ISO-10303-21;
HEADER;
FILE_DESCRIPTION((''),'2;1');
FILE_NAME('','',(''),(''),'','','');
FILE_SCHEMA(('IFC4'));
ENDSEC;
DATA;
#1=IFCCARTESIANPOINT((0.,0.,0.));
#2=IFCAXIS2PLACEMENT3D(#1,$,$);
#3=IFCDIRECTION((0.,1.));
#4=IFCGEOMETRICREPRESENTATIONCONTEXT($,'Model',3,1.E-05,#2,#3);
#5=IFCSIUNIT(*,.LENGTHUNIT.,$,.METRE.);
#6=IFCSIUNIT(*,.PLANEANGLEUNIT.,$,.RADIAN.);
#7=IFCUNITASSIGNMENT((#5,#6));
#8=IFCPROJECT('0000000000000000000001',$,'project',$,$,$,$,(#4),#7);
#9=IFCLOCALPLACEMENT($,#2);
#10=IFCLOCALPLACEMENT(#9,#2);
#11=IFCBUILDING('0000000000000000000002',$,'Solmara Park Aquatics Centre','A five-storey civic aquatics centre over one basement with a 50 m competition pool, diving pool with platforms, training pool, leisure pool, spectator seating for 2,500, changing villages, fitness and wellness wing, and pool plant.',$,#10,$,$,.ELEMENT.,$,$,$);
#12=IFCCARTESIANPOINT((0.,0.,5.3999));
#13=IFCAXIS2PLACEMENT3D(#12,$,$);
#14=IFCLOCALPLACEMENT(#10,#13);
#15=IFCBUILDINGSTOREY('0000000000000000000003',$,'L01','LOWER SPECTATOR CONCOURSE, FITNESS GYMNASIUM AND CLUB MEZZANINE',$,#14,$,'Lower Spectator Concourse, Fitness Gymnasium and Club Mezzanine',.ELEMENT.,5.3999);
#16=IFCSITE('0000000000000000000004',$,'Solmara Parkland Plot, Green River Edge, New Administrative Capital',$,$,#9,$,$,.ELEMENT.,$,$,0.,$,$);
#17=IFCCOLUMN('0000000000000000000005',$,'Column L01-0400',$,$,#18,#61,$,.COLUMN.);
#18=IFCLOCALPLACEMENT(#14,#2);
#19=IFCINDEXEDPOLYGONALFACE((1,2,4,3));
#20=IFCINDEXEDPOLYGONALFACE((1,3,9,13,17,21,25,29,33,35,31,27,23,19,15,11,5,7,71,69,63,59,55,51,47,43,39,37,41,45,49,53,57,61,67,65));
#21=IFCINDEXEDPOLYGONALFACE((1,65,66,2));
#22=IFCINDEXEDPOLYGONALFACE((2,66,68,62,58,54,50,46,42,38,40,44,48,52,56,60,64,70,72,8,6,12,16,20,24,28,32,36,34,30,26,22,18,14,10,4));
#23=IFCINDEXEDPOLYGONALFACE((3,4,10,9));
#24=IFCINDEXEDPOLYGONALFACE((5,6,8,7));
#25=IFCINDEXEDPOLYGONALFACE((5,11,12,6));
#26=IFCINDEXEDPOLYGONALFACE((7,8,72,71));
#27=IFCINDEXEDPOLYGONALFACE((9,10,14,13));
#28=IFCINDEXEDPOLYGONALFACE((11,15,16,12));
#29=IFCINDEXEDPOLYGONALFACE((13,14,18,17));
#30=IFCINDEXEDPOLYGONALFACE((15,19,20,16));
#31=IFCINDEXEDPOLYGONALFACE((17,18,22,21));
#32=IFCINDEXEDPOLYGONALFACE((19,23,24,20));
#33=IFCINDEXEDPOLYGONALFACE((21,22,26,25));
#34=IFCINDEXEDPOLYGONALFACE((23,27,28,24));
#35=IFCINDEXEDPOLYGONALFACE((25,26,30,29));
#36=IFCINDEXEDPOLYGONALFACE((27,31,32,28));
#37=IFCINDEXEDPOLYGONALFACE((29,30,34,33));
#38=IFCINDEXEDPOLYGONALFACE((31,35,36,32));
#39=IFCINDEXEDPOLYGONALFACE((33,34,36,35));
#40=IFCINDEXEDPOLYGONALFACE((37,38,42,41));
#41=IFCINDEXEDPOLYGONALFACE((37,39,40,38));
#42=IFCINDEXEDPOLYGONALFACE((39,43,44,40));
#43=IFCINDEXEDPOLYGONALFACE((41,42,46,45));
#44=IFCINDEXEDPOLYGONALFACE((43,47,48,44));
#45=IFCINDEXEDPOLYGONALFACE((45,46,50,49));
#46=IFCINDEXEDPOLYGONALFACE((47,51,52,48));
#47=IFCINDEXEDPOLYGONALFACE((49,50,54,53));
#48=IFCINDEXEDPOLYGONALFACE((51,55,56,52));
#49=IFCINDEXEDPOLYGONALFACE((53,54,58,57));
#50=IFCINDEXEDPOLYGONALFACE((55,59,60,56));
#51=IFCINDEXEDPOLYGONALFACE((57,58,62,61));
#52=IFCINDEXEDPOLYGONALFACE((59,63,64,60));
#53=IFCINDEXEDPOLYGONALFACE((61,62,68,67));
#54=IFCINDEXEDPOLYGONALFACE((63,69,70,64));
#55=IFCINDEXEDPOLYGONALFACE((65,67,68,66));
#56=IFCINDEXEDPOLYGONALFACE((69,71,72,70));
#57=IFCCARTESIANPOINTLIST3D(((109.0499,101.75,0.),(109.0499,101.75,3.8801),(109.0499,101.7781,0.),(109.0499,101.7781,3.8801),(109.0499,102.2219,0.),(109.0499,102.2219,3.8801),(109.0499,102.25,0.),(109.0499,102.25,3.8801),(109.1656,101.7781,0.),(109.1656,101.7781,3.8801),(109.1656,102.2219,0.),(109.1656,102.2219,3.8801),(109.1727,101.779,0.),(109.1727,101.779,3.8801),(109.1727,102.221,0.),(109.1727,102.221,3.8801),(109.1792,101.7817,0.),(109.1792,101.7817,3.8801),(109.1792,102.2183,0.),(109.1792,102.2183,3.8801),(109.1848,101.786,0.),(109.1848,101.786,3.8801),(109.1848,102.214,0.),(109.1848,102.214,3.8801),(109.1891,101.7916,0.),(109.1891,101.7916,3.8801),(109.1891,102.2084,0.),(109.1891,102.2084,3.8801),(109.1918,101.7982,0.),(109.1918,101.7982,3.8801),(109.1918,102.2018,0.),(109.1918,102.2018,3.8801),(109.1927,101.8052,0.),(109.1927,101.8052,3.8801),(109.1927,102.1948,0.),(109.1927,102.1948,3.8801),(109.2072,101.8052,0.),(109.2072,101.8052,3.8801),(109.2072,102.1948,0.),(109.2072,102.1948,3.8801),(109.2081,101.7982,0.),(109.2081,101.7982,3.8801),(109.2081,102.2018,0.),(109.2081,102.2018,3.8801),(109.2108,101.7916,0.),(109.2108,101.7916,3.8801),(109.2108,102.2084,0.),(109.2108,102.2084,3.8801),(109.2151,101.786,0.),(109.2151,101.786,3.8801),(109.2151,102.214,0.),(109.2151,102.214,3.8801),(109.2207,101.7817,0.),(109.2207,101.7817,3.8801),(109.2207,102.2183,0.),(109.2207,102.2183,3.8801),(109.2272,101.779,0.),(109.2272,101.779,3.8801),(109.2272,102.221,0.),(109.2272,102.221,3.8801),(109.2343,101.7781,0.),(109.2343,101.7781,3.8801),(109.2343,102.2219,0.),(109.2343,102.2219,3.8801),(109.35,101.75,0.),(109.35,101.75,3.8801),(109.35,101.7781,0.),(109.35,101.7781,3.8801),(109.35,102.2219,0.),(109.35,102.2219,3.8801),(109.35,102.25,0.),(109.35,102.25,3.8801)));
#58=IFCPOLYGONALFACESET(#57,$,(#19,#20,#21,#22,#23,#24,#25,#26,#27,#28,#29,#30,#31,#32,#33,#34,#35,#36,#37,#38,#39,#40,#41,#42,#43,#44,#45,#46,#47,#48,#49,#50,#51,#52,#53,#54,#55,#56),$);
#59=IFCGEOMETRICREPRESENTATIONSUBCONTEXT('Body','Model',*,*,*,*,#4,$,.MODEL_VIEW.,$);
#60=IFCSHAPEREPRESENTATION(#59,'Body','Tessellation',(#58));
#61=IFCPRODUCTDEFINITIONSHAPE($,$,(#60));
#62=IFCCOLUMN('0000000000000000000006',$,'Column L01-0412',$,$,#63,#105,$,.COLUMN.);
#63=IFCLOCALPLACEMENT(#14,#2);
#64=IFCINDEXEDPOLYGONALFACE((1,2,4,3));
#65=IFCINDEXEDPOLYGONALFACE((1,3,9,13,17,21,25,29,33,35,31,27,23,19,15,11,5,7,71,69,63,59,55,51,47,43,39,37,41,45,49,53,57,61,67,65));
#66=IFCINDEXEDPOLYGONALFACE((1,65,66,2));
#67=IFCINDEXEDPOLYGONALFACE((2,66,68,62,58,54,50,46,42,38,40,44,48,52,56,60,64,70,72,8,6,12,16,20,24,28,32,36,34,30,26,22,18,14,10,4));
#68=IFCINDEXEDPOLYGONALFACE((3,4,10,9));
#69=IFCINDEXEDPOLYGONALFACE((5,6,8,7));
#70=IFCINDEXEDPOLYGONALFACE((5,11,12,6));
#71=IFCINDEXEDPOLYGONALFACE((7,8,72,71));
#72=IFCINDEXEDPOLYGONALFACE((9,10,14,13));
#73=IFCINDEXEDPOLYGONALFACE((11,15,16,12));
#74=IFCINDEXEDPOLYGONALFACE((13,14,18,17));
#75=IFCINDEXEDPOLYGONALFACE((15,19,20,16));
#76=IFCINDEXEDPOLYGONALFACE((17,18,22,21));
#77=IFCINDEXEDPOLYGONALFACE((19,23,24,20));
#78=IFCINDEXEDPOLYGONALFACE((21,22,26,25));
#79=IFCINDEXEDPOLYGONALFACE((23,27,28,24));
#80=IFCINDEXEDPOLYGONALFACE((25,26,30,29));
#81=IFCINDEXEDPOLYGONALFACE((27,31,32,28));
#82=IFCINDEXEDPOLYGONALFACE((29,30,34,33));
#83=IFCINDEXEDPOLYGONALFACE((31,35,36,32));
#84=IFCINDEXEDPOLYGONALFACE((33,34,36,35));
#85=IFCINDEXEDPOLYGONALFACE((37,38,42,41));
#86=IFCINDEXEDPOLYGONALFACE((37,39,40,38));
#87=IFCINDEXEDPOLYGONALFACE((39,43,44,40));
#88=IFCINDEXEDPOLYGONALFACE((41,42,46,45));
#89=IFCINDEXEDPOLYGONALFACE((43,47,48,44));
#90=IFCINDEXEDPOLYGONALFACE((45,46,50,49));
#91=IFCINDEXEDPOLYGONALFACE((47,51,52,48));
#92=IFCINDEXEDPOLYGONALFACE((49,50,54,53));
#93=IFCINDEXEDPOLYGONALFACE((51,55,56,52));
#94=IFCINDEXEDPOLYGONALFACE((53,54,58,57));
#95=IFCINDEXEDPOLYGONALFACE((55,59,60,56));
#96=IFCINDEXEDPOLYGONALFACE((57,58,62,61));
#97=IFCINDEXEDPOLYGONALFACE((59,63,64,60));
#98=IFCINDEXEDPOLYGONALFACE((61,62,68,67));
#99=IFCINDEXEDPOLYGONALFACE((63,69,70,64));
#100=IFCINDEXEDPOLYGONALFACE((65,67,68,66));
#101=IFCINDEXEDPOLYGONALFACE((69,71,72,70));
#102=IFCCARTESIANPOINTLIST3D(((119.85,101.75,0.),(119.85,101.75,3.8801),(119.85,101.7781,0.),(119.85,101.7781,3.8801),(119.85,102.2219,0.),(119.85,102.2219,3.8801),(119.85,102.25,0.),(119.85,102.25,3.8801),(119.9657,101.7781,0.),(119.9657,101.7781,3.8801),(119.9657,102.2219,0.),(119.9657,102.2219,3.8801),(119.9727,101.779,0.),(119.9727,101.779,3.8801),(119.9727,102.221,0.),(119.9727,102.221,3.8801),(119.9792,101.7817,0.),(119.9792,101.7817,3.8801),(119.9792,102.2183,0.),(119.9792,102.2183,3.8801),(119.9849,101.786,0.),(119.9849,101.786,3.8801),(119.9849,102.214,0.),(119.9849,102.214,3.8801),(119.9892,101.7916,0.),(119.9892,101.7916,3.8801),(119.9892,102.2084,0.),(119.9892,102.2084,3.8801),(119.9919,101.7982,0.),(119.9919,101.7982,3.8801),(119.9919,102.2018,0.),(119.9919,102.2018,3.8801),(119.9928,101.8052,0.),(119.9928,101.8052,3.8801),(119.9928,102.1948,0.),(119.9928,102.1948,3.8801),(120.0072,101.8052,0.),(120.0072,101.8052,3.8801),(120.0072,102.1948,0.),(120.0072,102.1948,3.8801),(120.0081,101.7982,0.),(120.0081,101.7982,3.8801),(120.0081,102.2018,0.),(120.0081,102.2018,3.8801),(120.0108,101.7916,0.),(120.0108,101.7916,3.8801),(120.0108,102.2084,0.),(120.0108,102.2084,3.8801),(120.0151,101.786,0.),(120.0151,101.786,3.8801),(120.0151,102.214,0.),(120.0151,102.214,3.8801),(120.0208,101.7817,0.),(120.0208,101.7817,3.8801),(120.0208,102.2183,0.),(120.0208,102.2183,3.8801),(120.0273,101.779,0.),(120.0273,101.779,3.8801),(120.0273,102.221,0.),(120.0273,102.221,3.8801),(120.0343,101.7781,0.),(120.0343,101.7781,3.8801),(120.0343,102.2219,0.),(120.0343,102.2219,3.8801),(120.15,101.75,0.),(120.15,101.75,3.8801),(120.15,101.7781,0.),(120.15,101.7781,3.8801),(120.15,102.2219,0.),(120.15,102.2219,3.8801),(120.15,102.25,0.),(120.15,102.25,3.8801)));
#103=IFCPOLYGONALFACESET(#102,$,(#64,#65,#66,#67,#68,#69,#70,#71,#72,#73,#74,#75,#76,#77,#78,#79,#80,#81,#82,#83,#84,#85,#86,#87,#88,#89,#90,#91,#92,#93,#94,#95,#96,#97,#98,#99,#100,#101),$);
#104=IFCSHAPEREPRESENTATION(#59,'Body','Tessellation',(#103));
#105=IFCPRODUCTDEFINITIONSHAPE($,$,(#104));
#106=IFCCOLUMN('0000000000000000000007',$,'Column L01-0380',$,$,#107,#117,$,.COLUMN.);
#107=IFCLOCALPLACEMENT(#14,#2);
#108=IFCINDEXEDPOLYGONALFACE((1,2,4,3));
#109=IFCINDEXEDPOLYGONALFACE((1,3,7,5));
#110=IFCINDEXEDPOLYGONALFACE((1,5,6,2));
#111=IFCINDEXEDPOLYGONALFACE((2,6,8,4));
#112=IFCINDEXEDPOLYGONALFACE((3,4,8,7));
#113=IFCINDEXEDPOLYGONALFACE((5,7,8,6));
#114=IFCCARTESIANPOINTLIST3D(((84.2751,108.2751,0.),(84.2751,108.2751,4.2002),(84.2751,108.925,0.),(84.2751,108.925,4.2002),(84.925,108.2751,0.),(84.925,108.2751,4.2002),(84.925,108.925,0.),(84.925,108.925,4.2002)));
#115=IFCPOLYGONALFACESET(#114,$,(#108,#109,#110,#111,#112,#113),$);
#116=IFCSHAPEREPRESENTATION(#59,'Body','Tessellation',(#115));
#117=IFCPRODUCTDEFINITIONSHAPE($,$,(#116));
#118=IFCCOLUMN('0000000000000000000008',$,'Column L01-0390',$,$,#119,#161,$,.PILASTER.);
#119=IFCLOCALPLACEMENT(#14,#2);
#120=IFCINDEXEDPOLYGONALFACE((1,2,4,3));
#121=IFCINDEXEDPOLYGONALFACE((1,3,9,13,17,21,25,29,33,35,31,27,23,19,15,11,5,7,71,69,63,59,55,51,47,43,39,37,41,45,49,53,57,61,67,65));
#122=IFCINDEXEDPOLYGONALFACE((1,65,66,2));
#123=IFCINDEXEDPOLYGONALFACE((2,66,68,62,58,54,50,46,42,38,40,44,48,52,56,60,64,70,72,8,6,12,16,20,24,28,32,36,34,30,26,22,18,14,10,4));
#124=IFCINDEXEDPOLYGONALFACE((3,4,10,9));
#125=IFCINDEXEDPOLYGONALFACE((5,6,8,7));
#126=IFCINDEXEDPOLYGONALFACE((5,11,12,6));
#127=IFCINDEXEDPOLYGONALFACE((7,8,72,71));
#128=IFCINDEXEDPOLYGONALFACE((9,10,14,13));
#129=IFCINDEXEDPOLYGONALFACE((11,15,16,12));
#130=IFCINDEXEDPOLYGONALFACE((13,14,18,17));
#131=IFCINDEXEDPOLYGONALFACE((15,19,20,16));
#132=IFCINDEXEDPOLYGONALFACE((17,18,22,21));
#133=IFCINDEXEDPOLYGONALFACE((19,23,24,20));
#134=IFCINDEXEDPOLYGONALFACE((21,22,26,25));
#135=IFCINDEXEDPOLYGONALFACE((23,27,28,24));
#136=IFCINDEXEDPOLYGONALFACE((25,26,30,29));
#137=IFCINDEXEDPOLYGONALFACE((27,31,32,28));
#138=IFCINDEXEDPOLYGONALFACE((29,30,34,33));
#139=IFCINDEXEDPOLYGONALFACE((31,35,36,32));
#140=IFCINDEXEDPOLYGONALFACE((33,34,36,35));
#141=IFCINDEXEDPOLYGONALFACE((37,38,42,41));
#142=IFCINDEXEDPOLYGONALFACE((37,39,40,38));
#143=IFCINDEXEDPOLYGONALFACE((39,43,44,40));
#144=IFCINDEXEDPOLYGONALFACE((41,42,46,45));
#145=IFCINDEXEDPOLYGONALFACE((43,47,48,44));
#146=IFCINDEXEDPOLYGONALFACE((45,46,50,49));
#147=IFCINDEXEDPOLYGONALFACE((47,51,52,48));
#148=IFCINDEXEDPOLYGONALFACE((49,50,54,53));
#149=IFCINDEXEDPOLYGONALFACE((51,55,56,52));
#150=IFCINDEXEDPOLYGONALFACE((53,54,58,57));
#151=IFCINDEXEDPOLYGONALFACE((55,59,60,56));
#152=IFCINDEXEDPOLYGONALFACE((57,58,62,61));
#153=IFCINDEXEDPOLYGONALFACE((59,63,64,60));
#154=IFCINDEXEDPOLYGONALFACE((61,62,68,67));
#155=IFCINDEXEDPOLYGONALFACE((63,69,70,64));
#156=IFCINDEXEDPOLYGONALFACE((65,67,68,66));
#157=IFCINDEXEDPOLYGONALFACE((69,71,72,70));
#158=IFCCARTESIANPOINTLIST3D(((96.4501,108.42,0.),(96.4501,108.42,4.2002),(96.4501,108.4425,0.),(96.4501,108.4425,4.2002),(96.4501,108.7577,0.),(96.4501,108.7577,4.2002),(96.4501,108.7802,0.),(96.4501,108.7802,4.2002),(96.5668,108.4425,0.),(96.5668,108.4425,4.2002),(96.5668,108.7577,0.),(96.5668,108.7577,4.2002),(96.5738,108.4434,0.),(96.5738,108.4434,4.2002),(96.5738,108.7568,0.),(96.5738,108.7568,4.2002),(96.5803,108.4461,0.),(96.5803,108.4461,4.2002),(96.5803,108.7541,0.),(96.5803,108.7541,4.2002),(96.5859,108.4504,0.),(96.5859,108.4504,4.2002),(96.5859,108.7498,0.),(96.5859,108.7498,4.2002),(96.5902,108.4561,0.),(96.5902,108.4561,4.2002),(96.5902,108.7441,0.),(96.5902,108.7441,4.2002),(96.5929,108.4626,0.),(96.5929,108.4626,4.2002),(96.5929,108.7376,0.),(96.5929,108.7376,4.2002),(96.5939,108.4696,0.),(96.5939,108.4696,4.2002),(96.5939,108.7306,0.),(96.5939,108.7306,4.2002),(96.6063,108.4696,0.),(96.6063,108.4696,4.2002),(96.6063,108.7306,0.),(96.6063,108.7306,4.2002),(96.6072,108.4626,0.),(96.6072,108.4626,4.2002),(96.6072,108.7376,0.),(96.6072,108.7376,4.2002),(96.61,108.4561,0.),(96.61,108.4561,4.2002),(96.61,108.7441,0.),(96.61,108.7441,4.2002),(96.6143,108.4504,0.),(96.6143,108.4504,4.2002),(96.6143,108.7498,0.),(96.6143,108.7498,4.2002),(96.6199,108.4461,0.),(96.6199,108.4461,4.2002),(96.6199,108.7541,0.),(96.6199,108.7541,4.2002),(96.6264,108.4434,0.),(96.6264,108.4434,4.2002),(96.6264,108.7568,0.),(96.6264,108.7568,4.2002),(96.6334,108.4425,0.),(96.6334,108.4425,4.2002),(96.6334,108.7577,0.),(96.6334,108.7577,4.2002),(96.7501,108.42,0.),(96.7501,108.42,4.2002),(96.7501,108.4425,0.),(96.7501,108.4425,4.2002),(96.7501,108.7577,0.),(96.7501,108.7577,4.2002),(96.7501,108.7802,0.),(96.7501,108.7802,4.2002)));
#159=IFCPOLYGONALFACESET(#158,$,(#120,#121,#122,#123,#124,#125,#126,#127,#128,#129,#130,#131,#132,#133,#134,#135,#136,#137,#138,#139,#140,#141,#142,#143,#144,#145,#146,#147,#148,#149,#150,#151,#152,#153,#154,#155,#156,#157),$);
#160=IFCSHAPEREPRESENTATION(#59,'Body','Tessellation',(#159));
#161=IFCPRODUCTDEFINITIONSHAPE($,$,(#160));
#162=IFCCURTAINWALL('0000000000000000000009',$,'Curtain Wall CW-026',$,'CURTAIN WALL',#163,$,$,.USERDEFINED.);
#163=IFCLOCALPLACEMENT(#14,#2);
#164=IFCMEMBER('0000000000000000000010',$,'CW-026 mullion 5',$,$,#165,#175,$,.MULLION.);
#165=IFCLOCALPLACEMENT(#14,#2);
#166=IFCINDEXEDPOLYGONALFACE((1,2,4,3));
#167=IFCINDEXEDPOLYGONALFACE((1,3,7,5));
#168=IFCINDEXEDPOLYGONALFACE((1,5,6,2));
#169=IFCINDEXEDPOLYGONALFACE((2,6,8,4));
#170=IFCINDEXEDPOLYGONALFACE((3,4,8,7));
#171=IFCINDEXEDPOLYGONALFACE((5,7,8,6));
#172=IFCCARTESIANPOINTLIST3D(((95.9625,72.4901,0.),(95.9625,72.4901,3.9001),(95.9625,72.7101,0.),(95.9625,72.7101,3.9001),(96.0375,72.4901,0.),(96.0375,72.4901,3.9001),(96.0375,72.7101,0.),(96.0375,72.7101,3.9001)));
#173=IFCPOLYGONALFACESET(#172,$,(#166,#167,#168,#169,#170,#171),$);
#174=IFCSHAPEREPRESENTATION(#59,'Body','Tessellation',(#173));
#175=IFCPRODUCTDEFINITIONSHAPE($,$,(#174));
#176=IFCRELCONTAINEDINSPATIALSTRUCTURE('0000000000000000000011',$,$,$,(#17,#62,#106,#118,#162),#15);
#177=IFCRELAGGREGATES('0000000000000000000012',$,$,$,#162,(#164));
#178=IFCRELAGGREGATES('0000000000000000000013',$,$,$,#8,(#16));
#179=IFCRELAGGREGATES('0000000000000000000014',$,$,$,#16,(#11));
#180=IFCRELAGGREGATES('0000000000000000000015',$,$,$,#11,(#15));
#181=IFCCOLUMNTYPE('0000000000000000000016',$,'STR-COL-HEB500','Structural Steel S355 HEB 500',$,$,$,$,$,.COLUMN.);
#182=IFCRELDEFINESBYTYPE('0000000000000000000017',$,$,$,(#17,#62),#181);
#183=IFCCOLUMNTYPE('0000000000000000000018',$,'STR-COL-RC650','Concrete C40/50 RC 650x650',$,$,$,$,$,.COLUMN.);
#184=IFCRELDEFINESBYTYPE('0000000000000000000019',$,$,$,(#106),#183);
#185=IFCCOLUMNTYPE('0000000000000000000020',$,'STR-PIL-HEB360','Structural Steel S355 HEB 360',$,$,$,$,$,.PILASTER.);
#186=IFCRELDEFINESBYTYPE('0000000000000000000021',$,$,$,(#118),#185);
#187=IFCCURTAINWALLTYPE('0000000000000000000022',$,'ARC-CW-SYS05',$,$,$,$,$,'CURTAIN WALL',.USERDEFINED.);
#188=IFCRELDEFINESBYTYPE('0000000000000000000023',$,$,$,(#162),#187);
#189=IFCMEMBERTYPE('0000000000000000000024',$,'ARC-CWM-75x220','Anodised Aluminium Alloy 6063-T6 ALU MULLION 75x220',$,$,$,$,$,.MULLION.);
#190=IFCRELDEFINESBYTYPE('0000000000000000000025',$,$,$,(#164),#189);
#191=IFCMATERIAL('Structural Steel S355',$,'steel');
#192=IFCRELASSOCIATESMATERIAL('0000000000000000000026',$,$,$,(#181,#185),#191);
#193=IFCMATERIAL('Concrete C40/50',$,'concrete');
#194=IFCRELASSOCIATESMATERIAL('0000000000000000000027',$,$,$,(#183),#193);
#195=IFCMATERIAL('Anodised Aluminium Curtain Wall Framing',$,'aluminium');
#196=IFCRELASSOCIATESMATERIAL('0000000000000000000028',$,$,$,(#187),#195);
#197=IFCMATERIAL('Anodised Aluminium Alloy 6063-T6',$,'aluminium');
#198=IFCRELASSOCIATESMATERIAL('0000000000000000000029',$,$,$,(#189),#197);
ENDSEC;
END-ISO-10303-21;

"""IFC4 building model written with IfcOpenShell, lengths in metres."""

from ifc_helpers import new_model, si_unit, direction, frame, origin, origin_2d, place, context, subcontext, project, spatial, rectangle, i_section, extrude, material, material_profile, profile_set, type_object, element, aggregate, save


model = new_model("IFC4")

# Units and contexts
model_context = context("Model", 3, precision=1e-05, world=origin(), true_north=direction((0.0, 1.0)))
body_context = subcontext(model_context, "Body", "Model", "MODEL_VIEW")
ifc_project = project(units=[si_unit("LENGTHUNIT", "METRE"), si_unit("PLANEANGLEUNIT", "RADIAN")], contexts=[model_context])

# Site, building, storey
site_placement = place(None, origin())
site = spatial("IfcSite", under=ifc_project, at=site_placement, Name="Solmara Parkland Plot, Green River Edge, New Administrative Capital", CompositionType="ELEMENT", RefElevation=0.0)
building_placement = place(site_placement, origin())
building = spatial("IfcBuilding", under=site, at=building_placement, Name="Solmara Park Aquatics Centre", Description="A five-storey civic aquatics centre over one basement with a 50 m competition pool, diving pool with platforms, training pool, leisure pool, spectator seating for 2,500, changing villages, fitness and wellness wing, and pool plant.", CompositionType="ELEMENT")
storey_placement = place(building_placement, frame((0.0, 0.0, 5.3999)))
storey = spatial("IfcBuildingStorey", under=building, at=storey_placement, Name="L01", Description="LOWER SPECTATOR CONCOURSE, FITNESS GYMNASIUM AND CLUB MEZZANINE", LongName="Lower Spectator Concourse, Fitness Gymnasium and Club Mezzanine", CompositionType="ELEMENT", Elevation=5.3999)

# Columns
ifc_material_1 = material(Name="Structural Steel S355", Category="steel")
ifc_material_profile_1 = material_profile(ifc_material_1, i_section(OverallWidth=0.3, OverallDepth=0.5, WebThickness=0.0144, FlangeThickness=0.0281, FilletRadius=0.0271, at=origin_2d()), Name="HEB 500")
ifc_profile_set_1 = profile_set([ifc_material_profile_1], Name="Structural Steel S355")
column_type_1 = type_object("IfcColumnType", Name="STR-COL-HEB500", Description="Structural Steel S355 HEB 500", PredefinedType="COLUMN", material=ifc_profile_set_1)
for number, where, z_axis, x_axis, name in (
    (1, (109.2, 102.0, 0.0), (0.0, 0.0, 1.0), (1.0, 0.0, 0.0), "Column L01-0400"),
    (2, (120.0, 102.0, 0.0), (0.0, 0.0, 1.0), (1.0, 0.0, 0.0), "Column L01-0412"),
):
    element("IfcColumn", number, at=place(storey_placement, frame(where, z_axis=z_axis, x_axis=x_axis)), inside=storey, type_object=column_type_1, Name=name, PredefinedType="COLUMN", context=body_context, shape_type="SweptSolid", body=[
        extrude(i_section(OverallWidth=0.3, OverallDepth=0.5, WebThickness=0.0144, FlangeThickness=0.0281, FilletRadius=0.0271, at=origin_2d()), origin(), (0.0, 0.0, 1.0), 3.8801),
    ])
ifc_material_2 = material(Name="Concrete C40/50", Category="concrete")
ifc_material_profile_2 = material_profile(ifc_material_2, rectangle(XDim=0.6499, YDim=0.6499, at=origin_2d()), Name="RC 650x650")
ifc_profile_set_2 = profile_set([ifc_material_profile_2], Name="Concrete C40/50")
column_type_2 = type_object("IfcColumnType", Name="STR-COL-RC650", Description="Concrete C40/50 RC 650x650", PredefinedType="COLUMN", material=ifc_profile_set_2)
column_1_placement = place(storey_placement, frame((84.6001, 108.6001, 0.0), z_axis=(0.0, 0.0, 1.0), x_axis=(1.0, 0.0, 0.0)))
element("IfcColumn", 3, at=column_1_placement, inside=storey, type_object=column_type_2, Name="Column L01-0380", PredefinedType="COLUMN", context=body_context, shape_type="SweptSolid", body=[
    extrude(rectangle(XDim=0.6499, YDim=0.6499, at=origin_2d()), origin(), (0.0, 0.0, 1.0), 4.2002),
])
ifc_material_profile_3 = material_profile(ifc_material_1, i_section(OverallWidth=0.3, OverallDepth=0.3601, WebThickness=0.0125, FlangeThickness=0.0225, FilletRadius=0.0271, at=origin_2d()), Name="HEB 360")
ifc_profile_set_3 = profile_set([ifc_material_profile_3], Name="Structural Steel S355")
column_type_3 = type_object("IfcColumnType", Name="STR-PIL-HEB360", Description="Structural Steel S355 HEB 360", PredefinedType="PILASTER", material=ifc_profile_set_3)
column_2_placement = place(storey_placement, frame((96.6001, 108.6001, 0.0), z_axis=(0.0, 0.0, 1.0), x_axis=(1.0, 0.0, 0.0)))
element("IfcColumn", 4, at=column_2_placement, inside=storey, type_object=column_type_3, Name="Column L01-0390", PredefinedType="PILASTER", context=body_context, shape_type="SweptSolid", body=[
    extrude(i_section(OverallWidth=0.3, OverallDepth=0.3601, WebThickness=0.0125, FlangeThickness=0.0225, FilletRadius=0.0271, at=origin_2d()), origin(), (0.0, 0.0, 1.0), 4.2002),
])

# Curtain wall, member
ifc_material_3 = material(Name="Anodised Aluminium Curtain Wall Framing", Category="aluminium")
curtain_wall_type = type_object("IfcCurtainWallType", Name="ARC-CW-SYS05", ElementType="CURTAIN WALL", PredefinedType="USERDEFINED", material=ifc_material_3)
curtain_wall_placement = place(storey_placement, origin())
curtain_wall = element("IfcCurtainWall", 5, at=curtain_wall_placement, inside=storey, type_object=curtain_wall_type, Name="Curtain Wall CW-026", ObjectType="CURTAIN WALL", PredefinedType="USERDEFINED")
ifc_material_4 = material(Name="Anodised Aluminium Alloy 6063-T6", Category="aluminium")
ifc_material_profile_4 = material_profile(ifc_material_4, rectangle(XDim=0.075, YDim=0.22, at=origin_2d()), Name="ALU MULLION 75x220")
ifc_profile_set_4 = profile_set([ifc_material_profile_4], Name="Anodised Aluminium Alloy 6063-T6")
member_type = type_object("IfcMemberType", Name="ARC-CWM-75x220", Description="Anodised Aluminium Alloy 6063-T6 ALU MULLION 75x220", PredefinedType="MULLION", material=ifc_profile_set_4)
member_placement = place(storey_placement, frame((96.0, 72.6001, 0.0), z_axis=(0.0, 0.0, 1.0), x_axis=(1.0, 0.0, 0.0)))
member = element("IfcMember", 6, at=member_placement, type_object=member_type, Name="CW-026 mullion 5", PredefinedType="MULLION", context=body_context, shape_type="SweptSolid", body=[
    extrude(rectangle(XDim=0.075, YDim=0.22, at=origin_2d()), origin(), (0.0, 0.0, 1.0), 3.9001),
])

aggregate(curtain_wall, [member])

save(model, "model.ifc")
